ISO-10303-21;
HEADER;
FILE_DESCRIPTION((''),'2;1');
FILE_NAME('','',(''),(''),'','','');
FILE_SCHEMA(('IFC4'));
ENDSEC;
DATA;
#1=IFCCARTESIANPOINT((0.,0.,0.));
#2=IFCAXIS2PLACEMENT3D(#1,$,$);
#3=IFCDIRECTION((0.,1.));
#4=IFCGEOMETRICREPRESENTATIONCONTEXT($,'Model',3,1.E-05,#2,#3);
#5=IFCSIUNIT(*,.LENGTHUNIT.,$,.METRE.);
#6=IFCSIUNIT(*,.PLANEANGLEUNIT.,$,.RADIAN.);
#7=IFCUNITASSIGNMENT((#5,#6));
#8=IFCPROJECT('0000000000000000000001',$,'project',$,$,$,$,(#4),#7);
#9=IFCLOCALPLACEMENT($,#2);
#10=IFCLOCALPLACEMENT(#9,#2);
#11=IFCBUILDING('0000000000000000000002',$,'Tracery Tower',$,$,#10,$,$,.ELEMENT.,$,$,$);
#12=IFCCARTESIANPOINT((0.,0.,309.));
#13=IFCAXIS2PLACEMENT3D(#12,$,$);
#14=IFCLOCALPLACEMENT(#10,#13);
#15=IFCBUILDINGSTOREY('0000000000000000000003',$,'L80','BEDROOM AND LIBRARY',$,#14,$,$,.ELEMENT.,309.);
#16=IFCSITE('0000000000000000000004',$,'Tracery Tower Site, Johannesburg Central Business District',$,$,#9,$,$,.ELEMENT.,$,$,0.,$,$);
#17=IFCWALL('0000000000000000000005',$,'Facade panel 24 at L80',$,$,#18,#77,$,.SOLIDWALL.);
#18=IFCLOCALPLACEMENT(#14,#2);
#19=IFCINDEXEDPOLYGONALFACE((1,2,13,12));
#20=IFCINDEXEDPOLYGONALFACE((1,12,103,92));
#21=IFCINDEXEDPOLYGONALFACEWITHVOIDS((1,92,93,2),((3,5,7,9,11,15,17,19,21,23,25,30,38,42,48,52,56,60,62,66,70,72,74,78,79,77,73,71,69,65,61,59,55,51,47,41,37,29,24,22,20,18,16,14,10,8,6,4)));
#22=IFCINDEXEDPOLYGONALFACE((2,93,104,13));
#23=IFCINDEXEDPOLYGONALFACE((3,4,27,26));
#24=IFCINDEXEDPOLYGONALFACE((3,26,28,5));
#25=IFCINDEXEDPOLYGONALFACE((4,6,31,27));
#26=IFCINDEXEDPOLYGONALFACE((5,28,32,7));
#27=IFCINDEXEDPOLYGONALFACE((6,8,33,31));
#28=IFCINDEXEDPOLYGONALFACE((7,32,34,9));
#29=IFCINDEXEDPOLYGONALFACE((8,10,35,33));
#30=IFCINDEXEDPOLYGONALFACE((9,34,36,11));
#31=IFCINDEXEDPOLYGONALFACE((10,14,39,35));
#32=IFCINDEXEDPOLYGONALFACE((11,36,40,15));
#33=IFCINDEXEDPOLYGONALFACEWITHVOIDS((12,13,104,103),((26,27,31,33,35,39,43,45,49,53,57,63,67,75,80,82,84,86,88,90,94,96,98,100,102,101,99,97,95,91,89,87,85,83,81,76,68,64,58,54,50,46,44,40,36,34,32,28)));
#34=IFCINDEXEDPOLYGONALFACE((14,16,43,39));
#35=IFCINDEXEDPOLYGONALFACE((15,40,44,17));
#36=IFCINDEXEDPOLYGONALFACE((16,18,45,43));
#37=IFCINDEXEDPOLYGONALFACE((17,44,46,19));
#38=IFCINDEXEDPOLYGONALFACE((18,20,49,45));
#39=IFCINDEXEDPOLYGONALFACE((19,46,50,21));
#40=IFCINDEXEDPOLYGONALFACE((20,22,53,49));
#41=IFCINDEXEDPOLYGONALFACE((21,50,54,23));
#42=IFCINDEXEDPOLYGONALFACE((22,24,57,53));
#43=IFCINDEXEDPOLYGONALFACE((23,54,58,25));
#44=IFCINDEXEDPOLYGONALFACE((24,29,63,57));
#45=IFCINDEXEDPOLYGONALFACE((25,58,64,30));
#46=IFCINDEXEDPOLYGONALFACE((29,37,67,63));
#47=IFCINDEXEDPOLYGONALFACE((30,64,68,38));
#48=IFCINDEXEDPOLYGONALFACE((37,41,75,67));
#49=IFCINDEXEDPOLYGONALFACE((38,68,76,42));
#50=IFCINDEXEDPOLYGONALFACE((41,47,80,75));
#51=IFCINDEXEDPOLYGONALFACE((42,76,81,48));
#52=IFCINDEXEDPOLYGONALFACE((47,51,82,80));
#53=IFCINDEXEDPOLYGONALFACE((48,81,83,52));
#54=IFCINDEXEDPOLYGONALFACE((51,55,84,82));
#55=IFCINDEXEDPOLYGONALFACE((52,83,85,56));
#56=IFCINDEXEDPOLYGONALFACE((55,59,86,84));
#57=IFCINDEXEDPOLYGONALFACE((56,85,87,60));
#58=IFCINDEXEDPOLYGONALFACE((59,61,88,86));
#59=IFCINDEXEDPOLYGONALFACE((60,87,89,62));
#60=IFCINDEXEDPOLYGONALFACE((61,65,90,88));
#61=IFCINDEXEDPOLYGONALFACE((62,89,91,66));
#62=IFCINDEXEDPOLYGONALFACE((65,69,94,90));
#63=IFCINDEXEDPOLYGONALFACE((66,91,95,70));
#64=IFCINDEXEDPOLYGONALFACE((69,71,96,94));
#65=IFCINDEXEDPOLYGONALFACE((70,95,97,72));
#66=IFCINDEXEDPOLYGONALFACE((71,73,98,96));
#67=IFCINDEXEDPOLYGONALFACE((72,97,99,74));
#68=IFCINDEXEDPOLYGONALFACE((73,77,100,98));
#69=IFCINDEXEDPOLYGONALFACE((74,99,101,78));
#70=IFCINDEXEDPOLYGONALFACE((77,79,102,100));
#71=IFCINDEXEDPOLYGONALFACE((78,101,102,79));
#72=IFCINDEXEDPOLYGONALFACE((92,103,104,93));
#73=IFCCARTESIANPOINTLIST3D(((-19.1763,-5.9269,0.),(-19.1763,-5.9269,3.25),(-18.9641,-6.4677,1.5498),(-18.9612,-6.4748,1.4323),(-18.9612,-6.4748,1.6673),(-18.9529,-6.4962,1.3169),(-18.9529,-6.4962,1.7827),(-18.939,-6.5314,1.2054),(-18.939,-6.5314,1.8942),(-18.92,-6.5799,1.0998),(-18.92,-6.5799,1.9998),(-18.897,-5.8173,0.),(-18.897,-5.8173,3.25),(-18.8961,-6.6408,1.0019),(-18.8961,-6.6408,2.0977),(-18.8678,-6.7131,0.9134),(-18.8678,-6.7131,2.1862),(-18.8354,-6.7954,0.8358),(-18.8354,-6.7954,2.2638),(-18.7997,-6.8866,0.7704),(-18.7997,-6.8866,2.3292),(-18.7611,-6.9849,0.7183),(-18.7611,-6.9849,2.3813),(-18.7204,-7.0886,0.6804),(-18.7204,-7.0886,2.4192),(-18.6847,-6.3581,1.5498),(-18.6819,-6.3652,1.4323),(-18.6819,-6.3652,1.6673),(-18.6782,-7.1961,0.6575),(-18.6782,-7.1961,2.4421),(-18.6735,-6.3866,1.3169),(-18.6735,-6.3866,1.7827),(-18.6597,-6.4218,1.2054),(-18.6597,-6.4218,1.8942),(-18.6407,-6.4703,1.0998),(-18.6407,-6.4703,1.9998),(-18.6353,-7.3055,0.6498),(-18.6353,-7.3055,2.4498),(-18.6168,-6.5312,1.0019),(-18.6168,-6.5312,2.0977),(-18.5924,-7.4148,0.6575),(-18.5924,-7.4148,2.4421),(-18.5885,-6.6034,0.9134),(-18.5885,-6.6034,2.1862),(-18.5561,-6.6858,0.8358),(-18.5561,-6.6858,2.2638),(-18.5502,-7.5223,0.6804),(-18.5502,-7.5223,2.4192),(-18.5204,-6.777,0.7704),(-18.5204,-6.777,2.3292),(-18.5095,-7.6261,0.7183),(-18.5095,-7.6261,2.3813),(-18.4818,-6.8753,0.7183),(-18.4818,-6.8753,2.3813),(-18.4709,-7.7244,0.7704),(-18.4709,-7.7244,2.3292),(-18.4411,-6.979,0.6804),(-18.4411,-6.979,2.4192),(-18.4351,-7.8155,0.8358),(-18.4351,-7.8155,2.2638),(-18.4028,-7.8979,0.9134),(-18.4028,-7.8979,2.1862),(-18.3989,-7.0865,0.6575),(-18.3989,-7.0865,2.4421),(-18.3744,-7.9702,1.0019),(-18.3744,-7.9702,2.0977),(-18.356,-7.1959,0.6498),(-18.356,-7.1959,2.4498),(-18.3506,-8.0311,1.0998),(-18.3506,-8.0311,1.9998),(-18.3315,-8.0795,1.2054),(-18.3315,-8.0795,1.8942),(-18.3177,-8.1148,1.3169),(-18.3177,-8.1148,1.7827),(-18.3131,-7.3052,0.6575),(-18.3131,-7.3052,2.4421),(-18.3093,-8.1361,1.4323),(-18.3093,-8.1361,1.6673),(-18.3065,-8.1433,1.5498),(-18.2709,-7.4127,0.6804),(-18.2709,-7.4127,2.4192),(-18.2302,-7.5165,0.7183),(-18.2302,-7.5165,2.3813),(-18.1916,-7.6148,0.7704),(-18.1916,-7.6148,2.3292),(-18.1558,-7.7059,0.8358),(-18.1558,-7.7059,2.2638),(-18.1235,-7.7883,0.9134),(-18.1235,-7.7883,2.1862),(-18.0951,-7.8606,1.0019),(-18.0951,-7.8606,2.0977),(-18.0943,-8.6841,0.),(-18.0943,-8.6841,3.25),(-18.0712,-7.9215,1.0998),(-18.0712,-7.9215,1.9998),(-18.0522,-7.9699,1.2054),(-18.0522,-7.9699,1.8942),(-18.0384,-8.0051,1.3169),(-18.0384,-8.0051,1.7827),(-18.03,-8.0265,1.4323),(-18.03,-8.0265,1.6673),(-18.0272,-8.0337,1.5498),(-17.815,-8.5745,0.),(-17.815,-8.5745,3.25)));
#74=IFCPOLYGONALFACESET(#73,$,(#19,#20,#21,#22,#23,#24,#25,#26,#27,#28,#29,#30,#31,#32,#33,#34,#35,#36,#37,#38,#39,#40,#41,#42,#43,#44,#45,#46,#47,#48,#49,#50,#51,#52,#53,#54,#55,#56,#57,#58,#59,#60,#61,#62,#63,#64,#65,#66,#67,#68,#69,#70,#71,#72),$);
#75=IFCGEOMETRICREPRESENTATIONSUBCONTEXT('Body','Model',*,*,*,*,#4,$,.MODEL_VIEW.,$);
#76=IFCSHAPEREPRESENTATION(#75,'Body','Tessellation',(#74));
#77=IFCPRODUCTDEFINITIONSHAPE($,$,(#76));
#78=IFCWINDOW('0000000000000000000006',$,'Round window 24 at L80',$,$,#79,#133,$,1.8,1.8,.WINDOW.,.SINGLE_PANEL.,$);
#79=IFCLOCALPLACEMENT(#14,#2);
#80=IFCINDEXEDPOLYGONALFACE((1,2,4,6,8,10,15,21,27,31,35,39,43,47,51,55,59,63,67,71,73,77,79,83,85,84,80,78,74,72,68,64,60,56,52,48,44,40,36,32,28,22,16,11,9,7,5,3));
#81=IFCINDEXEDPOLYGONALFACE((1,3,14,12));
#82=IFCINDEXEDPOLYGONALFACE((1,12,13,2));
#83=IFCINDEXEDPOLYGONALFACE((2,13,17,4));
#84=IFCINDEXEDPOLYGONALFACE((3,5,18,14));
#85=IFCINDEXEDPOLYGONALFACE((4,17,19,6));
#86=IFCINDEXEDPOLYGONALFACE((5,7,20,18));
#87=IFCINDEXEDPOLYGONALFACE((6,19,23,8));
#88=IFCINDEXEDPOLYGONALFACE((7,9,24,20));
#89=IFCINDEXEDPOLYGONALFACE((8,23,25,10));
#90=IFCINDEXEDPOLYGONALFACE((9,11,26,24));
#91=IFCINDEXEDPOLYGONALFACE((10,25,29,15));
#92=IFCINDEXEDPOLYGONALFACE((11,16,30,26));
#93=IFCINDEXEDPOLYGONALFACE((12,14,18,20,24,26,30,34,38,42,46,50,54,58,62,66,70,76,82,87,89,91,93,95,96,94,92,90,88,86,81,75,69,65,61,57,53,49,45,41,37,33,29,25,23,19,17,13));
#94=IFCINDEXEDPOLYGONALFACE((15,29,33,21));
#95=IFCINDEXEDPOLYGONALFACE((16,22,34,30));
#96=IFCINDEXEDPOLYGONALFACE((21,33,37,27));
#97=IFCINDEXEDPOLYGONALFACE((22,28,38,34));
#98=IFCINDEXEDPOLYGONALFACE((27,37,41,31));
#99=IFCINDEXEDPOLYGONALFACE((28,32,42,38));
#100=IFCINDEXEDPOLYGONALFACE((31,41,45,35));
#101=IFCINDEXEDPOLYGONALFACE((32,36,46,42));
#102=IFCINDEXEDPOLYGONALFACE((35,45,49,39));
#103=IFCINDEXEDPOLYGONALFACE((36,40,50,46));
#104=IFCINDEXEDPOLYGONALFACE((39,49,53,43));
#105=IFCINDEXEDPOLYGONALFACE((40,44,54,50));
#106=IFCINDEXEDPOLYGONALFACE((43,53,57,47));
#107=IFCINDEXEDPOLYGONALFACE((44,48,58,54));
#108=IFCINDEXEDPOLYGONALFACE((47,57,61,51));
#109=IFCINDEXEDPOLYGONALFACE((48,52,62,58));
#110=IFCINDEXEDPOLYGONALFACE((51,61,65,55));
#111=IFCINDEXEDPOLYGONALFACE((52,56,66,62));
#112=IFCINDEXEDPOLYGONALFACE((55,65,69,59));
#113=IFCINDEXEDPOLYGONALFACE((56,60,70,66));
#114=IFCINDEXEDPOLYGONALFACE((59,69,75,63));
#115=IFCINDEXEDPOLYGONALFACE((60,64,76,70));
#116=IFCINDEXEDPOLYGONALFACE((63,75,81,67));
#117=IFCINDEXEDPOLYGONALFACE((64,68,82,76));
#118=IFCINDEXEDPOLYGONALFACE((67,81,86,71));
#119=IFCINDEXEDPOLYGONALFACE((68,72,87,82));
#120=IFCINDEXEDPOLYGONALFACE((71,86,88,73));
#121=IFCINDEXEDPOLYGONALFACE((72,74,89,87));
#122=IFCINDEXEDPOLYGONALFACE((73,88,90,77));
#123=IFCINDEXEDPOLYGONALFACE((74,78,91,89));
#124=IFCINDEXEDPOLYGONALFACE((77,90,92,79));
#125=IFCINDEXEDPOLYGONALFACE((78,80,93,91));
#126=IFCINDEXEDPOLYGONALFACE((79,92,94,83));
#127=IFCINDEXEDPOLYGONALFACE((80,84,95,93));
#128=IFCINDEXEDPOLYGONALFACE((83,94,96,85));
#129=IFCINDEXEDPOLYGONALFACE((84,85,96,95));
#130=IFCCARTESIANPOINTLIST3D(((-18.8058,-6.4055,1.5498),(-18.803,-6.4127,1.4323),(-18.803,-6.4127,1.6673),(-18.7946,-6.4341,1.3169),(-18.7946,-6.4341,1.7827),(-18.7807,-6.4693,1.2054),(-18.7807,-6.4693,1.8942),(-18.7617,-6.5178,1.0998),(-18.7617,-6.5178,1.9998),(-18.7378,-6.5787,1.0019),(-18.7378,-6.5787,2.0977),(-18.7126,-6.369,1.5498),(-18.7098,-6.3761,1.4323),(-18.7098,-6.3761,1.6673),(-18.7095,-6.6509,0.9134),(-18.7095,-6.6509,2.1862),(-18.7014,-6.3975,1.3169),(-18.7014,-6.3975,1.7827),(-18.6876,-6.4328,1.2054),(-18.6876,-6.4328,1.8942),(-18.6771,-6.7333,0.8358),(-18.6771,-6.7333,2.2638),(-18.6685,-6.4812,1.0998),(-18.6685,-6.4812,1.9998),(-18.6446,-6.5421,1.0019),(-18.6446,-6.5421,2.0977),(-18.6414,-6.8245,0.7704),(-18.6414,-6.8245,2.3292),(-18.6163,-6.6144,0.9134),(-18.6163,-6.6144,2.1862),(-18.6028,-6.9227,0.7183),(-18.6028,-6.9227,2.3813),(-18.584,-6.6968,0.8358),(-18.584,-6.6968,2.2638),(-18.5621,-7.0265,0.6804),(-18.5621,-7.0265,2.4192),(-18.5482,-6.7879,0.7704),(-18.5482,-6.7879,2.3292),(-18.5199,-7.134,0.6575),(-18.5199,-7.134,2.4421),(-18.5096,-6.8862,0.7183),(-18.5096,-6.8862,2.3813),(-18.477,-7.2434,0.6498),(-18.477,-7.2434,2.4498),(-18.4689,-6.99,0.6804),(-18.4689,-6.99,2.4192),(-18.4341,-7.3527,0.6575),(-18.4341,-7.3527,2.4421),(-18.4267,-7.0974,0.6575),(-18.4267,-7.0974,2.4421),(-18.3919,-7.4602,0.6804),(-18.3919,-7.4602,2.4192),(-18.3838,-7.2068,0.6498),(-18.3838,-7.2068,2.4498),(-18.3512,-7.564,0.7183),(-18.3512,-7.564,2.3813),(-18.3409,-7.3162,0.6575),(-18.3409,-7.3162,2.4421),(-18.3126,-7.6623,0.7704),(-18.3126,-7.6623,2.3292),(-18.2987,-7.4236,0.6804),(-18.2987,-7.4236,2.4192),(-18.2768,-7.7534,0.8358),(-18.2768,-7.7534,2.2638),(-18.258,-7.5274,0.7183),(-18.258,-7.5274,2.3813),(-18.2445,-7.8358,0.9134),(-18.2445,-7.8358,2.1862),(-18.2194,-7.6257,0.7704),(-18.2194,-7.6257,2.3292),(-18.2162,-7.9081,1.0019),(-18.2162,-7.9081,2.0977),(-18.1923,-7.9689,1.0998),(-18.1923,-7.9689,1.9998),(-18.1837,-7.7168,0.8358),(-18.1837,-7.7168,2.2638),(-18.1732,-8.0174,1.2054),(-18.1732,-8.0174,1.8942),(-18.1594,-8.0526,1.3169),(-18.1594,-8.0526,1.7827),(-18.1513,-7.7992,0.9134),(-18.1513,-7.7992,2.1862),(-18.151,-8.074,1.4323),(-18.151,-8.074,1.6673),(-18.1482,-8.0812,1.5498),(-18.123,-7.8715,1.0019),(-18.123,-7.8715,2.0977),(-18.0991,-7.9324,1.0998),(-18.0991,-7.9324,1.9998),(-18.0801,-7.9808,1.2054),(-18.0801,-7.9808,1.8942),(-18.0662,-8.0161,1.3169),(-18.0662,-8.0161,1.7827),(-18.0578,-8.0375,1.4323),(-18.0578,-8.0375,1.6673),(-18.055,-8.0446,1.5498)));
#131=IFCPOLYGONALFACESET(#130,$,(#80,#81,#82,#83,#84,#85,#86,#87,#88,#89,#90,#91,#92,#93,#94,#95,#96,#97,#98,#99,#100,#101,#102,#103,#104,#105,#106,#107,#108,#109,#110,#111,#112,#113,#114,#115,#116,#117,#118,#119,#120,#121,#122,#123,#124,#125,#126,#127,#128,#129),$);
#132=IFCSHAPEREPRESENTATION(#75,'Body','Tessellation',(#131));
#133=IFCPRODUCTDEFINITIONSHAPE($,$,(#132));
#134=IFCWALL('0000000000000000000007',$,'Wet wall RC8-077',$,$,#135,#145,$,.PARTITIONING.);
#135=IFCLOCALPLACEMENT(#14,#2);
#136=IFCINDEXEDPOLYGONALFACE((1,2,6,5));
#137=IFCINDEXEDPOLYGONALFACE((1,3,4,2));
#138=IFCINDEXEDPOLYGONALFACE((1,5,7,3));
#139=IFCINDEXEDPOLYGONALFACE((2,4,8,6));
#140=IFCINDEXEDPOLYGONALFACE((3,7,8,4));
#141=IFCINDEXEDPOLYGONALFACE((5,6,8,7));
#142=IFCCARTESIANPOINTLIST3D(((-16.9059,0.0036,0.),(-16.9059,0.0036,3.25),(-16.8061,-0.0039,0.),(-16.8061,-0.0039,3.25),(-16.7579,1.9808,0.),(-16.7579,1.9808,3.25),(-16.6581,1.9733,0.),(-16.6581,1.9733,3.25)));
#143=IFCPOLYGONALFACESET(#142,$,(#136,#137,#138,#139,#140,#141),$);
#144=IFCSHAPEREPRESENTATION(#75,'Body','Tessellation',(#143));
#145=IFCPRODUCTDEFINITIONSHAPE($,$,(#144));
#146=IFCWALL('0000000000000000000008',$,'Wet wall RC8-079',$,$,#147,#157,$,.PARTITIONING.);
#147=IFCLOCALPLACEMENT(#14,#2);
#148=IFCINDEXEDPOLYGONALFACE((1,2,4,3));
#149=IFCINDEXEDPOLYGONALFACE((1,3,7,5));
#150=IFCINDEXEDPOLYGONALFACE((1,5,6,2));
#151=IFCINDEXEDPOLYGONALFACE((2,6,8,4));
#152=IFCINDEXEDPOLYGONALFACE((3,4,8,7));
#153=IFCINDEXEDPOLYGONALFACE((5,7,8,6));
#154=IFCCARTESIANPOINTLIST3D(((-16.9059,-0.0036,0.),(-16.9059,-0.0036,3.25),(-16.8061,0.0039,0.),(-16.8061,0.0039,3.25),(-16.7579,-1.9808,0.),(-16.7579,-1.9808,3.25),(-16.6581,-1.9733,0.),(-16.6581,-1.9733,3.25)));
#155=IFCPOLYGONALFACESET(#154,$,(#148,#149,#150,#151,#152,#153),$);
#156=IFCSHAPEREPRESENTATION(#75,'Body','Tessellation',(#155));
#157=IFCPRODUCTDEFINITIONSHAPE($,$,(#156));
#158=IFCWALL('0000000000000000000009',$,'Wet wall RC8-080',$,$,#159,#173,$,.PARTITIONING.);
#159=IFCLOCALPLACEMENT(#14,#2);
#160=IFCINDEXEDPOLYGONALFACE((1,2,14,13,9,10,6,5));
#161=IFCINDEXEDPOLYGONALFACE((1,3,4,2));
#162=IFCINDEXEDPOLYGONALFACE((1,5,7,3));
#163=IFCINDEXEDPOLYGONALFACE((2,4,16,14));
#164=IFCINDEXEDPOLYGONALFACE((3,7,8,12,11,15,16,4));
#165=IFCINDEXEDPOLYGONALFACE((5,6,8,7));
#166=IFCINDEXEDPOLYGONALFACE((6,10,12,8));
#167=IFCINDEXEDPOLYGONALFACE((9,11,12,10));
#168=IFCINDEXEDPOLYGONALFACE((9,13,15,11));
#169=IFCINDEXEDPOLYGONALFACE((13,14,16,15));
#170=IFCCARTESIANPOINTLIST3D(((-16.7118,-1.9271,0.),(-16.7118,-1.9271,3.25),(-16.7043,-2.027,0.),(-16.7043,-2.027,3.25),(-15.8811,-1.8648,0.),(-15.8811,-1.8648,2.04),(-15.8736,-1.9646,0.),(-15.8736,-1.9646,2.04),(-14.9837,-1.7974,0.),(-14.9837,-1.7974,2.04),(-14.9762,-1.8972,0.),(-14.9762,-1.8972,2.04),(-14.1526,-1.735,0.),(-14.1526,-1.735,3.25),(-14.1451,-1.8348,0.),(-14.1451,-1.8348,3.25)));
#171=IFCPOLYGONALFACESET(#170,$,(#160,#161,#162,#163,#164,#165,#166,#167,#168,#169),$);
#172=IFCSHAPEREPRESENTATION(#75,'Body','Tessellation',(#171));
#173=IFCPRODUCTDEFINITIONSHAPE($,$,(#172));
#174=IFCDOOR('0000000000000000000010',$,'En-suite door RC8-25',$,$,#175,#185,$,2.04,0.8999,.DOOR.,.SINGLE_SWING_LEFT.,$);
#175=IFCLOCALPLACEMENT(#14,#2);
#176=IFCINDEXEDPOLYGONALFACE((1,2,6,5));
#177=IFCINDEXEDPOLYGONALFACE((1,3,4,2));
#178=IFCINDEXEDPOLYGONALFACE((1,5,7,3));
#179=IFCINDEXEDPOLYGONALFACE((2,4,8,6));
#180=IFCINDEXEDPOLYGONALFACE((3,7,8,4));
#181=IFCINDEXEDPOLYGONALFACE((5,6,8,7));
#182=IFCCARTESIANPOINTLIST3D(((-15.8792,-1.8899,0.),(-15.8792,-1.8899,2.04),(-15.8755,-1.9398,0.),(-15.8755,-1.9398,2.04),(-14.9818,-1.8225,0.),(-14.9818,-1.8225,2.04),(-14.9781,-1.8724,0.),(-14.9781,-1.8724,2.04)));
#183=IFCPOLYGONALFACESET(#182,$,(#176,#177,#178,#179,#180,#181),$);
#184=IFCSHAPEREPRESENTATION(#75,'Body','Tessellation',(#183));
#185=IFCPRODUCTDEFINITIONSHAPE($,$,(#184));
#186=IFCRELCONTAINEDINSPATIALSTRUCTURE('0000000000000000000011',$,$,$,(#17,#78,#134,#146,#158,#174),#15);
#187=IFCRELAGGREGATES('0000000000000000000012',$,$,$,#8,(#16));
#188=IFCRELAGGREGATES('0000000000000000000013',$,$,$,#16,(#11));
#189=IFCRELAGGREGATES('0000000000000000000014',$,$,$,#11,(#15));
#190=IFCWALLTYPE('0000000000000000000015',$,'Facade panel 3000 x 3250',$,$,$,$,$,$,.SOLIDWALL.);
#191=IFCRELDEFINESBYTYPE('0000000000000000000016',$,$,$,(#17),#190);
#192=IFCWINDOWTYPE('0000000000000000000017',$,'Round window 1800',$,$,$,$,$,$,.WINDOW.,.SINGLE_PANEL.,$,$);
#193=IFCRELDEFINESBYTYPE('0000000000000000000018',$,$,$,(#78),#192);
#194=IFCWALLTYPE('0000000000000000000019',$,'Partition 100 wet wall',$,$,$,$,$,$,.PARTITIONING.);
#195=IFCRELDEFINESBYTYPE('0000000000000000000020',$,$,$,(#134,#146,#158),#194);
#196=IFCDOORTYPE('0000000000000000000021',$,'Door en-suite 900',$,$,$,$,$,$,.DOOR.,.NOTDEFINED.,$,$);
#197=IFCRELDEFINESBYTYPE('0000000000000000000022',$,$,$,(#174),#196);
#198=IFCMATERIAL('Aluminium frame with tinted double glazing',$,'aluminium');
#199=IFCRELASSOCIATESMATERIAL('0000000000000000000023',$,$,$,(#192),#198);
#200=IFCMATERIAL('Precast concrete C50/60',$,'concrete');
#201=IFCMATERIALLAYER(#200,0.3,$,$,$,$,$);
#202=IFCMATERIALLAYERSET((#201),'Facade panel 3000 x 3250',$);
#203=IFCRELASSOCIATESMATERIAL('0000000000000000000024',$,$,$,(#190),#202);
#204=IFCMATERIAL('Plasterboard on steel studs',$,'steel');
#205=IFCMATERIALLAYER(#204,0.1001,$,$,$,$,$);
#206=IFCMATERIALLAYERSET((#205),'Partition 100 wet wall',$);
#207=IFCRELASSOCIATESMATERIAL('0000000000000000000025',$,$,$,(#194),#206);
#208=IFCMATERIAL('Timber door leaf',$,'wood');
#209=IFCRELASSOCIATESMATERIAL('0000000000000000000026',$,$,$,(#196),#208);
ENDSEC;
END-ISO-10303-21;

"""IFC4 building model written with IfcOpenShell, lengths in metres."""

from ifc_helpers import new_model, si_unit, direction, frame, frame_2d, origin, origin_2d, place, context, subcontext, project, spatial, rectangle, circle, extrude, material, layer, layer_set, type_object, element, fill, save


model = new_model("IFC4")

# Units and contexts
model_context = context("Model", 3, precision=1e-05, world=origin(), true_north=direction((0.0, 1.0)))
body_context = subcontext(model_context, "Body", "Model", "MODEL_VIEW")
ifc_project = project(units=[si_unit("LENGTHUNIT", "METRE"), si_unit("PLANEANGLEUNIT", "RADIAN")], contexts=[model_context])

# Site, building, storey
site_placement = place(None, origin())
site = spatial("IfcSite", under=ifc_project, at=site_placement, Name="Tracery Tower Site, Johannesburg Central Business District", CompositionType="ELEMENT", RefElevation=0.0)
building_placement = place(site_placement, origin())
building = spatial("IfcBuilding", under=site, at=building_placement, Name="Tracery Tower", CompositionType="ELEMENT")
storey_placement = place(building_placement, frame((0.0, 0.0, 309.0)))
storey = spatial("IfcBuildingStorey", under=building, at=storey_placement, Name="L80", Description="BEDROOM AND LIBRARY", CompositionType="ELEMENT", Elevation=309.0)

# Wall, opening, window
ifc_material_1 = material(Name="Aluminium frame with tinted double glazing", Category="aluminium")
window_type = type_object("IfcWindowType", Name="Round window 1800", PartitioningType="SINGLE_PANEL", PredefinedType="WINDOW", material=ifc_material_1)
ifc_material_2 = material(Name="Precast concrete C50/60", Category="concrete")
ifc_layer_1 = layer(ifc_material_2, 0.3)
ifc_layer_set_1 = layer_set([ifc_layer_1], Name="Facade panel 3000 x 3250")
wall_type_1 = type_object("IfcWallType", Name="Facade panel 3000 x 3250", PredefinedType="SOLIDWALL", material=ifc_layer_set_1)
wall_1_placement = place(storey_placement, frame((-19.0366, -5.8721, 0.0), z_axis=(0.0, 0.0, 1.0), x_axis=(0.3653, -0.93089, 0.0)))
wall_1 = element("IfcWall", 1, at=wall_1_placement, inside=storey, type_object=wall_type_1, Name="Facade panel 24 at L80", PredefinedType="SOLIDWALL", context=body_context, shape_type="SweptSolid", body=[
    extrude(rectangle(XDim=2.9619, YDim=0.3, at=frame_2d((1.481, 0.0))), origin(), (0.0, 0.0, 1.0), 3.25),
])
opening_1_placement = place(wall_1_placement, frame((1.481, 0.0, 1.5498)))
opening_1 = element("IfcOpeningElement", 2, at=opening_1_placement, cuts=wall_1, PredefinedType="OPENING", context=body_context, shape_type="SweptSolid", body=[
    extrude(circle(Radius=0.9, at=origin_2d()), frame((0.0, 0.1599, 0.0), z_axis=(0.0, -1.0, 0.0), x_axis=(1.0, 0.0, 0.0)), (0.0, 0.0, 1.0), 0.3201),
])
window_1_placement = place(opening_1_placement, origin())
window_1 = element("IfcWindow", 3, at=window_1_placement, inside=storey, type_object=window_type, Name="Round window 24 at L80", OverallHeight=1.8, OverallWidth=1.8, PartitioningType="SINGLE_PANEL", PredefinedType="WINDOW", context=body_context, shape_type="SweptSolid", body=[
    extrude(circle(Radius=0.9, at=origin_2d()), frame((0.0, 0.1201, 0.0), z_axis=(0.0, -1.0, 0.0), x_axis=(1.0, 0.0, 0.0)), (0.0, 0.0, 1.0), 0.1001),
])
fill(opening_1, window_1)

# Walls
ifc_material_3 = material(Name="Plasterboard on steel studs", Category="steel")
ifc_layer_2 = layer(ifc_material_3, 0.1001)
ifc_layer_set_2 = layer_set([ifc_layer_2], Name="Partition 100 wet wall")
wall_type_2 = type_object("IfcWallType", Name="Partition 100 wet wall", PredefinedType="PARTITIONING", material=ifc_layer_set_2)
for number, where, z_axis, x_axis, name in (
    (4, (-16.856, 0.0, 0.0), (0.0, 0.0, 1.0), (0.074625, 0.997212, 0.0), "Wet wall RC8-077"),
    (5, (-16.856, 0.0, 0.0), (0.0, 0.0, 1.0), (0.074625, -0.997212, 0.0), "Wet wall RC8-079"),
):
    element("IfcWall", number, at=place(storey_placement, frame(where, z_axis=z_axis, x_axis=x_axis)), inside=storey, type_object=wall_type_2, Name=name, PredefinedType="PARTITIONING", context=body_context, shape_type="SweptSolid", body=[
        extrude(rectangle(XDim=1.9827, YDim=0.1001, at=frame_2d((0.9912, 0.0))), origin(), (0.0, 0.0, 1.0), 3.25),
    ])

# Wall, opening, door
wall_2_placement = place(storey_placement, frame((-16.708, -1.9771, 0.0), z_axis=(0.0, 0.0, 1.0), x_axis=(0.997193, 0.07487, 0.0)))
wall_2 = element("IfcWall", 6, at=wall_2_placement, inside=storey, type_object=wall_type_2, Name="Wet wall RC8-080", PredefinedType="PARTITIONING", context=body_context, shape_type="SweptSolid", body=[
    extrude(rectangle(XDim=2.5664, YDim=0.1001, at=frame_2d((1.2832, 0.0))), origin(), (0.0, 0.0, 1.0), 3.25),
])
opening_2_placement = place(wall_2_placement, frame((0.833, 0.0, 0.0)))
opening_2 = element("IfcOpeningElement", 7, at=opening_2_placement, cuts=wall_2, PredefinedType="OPENING", context=body_context, shape_type="SweptSolid", body=[
    extrude(rectangle(XDim=0.8999, YDim=2.04, at=frame_2d((0.45, 1.02))), frame((0.0, 0.05, 0.0), z_axis=(0.0, -1.0, 0.0), x_axis=(1.0, 0.0, 0.0)), (0.0, 0.0, 1.0), 0.1001),
])
ifc_material_4 = material(Name="Timber door leaf", Category="wood")
door_type_1 = type_object("IfcDoorType", Name="Door en-suite 900", OperationType="NOTDEFINED", PredefinedType="DOOR", material=ifc_material_4)
door_1_placement = place(opening_2_placement, origin())
door_1 = element("IfcDoor", 8, at=door_1_placement, inside=storey, type_object=door_type_1, Name="En-suite door RC8-25", OperationType="SINGLE_SWING_LEFT", OverallHeight=2.04, OverallWidth=0.8999, PredefinedType="DOOR", context=body_context, shape_type="SweptSolid", body=[
    extrude(rectangle(XDim=0.8999, YDim=2.04, at=frame_2d((0.45, 1.02))), frame((0.0, 0.0249, 0.0), z_axis=(0.0, -1.0, 0.0), x_axis=(1.0, 0.0, 0.0)), (0.0, 0.0, 1.0), 0.05),
])
fill(opening_2, door_1)

save(model, "model.ifc")
